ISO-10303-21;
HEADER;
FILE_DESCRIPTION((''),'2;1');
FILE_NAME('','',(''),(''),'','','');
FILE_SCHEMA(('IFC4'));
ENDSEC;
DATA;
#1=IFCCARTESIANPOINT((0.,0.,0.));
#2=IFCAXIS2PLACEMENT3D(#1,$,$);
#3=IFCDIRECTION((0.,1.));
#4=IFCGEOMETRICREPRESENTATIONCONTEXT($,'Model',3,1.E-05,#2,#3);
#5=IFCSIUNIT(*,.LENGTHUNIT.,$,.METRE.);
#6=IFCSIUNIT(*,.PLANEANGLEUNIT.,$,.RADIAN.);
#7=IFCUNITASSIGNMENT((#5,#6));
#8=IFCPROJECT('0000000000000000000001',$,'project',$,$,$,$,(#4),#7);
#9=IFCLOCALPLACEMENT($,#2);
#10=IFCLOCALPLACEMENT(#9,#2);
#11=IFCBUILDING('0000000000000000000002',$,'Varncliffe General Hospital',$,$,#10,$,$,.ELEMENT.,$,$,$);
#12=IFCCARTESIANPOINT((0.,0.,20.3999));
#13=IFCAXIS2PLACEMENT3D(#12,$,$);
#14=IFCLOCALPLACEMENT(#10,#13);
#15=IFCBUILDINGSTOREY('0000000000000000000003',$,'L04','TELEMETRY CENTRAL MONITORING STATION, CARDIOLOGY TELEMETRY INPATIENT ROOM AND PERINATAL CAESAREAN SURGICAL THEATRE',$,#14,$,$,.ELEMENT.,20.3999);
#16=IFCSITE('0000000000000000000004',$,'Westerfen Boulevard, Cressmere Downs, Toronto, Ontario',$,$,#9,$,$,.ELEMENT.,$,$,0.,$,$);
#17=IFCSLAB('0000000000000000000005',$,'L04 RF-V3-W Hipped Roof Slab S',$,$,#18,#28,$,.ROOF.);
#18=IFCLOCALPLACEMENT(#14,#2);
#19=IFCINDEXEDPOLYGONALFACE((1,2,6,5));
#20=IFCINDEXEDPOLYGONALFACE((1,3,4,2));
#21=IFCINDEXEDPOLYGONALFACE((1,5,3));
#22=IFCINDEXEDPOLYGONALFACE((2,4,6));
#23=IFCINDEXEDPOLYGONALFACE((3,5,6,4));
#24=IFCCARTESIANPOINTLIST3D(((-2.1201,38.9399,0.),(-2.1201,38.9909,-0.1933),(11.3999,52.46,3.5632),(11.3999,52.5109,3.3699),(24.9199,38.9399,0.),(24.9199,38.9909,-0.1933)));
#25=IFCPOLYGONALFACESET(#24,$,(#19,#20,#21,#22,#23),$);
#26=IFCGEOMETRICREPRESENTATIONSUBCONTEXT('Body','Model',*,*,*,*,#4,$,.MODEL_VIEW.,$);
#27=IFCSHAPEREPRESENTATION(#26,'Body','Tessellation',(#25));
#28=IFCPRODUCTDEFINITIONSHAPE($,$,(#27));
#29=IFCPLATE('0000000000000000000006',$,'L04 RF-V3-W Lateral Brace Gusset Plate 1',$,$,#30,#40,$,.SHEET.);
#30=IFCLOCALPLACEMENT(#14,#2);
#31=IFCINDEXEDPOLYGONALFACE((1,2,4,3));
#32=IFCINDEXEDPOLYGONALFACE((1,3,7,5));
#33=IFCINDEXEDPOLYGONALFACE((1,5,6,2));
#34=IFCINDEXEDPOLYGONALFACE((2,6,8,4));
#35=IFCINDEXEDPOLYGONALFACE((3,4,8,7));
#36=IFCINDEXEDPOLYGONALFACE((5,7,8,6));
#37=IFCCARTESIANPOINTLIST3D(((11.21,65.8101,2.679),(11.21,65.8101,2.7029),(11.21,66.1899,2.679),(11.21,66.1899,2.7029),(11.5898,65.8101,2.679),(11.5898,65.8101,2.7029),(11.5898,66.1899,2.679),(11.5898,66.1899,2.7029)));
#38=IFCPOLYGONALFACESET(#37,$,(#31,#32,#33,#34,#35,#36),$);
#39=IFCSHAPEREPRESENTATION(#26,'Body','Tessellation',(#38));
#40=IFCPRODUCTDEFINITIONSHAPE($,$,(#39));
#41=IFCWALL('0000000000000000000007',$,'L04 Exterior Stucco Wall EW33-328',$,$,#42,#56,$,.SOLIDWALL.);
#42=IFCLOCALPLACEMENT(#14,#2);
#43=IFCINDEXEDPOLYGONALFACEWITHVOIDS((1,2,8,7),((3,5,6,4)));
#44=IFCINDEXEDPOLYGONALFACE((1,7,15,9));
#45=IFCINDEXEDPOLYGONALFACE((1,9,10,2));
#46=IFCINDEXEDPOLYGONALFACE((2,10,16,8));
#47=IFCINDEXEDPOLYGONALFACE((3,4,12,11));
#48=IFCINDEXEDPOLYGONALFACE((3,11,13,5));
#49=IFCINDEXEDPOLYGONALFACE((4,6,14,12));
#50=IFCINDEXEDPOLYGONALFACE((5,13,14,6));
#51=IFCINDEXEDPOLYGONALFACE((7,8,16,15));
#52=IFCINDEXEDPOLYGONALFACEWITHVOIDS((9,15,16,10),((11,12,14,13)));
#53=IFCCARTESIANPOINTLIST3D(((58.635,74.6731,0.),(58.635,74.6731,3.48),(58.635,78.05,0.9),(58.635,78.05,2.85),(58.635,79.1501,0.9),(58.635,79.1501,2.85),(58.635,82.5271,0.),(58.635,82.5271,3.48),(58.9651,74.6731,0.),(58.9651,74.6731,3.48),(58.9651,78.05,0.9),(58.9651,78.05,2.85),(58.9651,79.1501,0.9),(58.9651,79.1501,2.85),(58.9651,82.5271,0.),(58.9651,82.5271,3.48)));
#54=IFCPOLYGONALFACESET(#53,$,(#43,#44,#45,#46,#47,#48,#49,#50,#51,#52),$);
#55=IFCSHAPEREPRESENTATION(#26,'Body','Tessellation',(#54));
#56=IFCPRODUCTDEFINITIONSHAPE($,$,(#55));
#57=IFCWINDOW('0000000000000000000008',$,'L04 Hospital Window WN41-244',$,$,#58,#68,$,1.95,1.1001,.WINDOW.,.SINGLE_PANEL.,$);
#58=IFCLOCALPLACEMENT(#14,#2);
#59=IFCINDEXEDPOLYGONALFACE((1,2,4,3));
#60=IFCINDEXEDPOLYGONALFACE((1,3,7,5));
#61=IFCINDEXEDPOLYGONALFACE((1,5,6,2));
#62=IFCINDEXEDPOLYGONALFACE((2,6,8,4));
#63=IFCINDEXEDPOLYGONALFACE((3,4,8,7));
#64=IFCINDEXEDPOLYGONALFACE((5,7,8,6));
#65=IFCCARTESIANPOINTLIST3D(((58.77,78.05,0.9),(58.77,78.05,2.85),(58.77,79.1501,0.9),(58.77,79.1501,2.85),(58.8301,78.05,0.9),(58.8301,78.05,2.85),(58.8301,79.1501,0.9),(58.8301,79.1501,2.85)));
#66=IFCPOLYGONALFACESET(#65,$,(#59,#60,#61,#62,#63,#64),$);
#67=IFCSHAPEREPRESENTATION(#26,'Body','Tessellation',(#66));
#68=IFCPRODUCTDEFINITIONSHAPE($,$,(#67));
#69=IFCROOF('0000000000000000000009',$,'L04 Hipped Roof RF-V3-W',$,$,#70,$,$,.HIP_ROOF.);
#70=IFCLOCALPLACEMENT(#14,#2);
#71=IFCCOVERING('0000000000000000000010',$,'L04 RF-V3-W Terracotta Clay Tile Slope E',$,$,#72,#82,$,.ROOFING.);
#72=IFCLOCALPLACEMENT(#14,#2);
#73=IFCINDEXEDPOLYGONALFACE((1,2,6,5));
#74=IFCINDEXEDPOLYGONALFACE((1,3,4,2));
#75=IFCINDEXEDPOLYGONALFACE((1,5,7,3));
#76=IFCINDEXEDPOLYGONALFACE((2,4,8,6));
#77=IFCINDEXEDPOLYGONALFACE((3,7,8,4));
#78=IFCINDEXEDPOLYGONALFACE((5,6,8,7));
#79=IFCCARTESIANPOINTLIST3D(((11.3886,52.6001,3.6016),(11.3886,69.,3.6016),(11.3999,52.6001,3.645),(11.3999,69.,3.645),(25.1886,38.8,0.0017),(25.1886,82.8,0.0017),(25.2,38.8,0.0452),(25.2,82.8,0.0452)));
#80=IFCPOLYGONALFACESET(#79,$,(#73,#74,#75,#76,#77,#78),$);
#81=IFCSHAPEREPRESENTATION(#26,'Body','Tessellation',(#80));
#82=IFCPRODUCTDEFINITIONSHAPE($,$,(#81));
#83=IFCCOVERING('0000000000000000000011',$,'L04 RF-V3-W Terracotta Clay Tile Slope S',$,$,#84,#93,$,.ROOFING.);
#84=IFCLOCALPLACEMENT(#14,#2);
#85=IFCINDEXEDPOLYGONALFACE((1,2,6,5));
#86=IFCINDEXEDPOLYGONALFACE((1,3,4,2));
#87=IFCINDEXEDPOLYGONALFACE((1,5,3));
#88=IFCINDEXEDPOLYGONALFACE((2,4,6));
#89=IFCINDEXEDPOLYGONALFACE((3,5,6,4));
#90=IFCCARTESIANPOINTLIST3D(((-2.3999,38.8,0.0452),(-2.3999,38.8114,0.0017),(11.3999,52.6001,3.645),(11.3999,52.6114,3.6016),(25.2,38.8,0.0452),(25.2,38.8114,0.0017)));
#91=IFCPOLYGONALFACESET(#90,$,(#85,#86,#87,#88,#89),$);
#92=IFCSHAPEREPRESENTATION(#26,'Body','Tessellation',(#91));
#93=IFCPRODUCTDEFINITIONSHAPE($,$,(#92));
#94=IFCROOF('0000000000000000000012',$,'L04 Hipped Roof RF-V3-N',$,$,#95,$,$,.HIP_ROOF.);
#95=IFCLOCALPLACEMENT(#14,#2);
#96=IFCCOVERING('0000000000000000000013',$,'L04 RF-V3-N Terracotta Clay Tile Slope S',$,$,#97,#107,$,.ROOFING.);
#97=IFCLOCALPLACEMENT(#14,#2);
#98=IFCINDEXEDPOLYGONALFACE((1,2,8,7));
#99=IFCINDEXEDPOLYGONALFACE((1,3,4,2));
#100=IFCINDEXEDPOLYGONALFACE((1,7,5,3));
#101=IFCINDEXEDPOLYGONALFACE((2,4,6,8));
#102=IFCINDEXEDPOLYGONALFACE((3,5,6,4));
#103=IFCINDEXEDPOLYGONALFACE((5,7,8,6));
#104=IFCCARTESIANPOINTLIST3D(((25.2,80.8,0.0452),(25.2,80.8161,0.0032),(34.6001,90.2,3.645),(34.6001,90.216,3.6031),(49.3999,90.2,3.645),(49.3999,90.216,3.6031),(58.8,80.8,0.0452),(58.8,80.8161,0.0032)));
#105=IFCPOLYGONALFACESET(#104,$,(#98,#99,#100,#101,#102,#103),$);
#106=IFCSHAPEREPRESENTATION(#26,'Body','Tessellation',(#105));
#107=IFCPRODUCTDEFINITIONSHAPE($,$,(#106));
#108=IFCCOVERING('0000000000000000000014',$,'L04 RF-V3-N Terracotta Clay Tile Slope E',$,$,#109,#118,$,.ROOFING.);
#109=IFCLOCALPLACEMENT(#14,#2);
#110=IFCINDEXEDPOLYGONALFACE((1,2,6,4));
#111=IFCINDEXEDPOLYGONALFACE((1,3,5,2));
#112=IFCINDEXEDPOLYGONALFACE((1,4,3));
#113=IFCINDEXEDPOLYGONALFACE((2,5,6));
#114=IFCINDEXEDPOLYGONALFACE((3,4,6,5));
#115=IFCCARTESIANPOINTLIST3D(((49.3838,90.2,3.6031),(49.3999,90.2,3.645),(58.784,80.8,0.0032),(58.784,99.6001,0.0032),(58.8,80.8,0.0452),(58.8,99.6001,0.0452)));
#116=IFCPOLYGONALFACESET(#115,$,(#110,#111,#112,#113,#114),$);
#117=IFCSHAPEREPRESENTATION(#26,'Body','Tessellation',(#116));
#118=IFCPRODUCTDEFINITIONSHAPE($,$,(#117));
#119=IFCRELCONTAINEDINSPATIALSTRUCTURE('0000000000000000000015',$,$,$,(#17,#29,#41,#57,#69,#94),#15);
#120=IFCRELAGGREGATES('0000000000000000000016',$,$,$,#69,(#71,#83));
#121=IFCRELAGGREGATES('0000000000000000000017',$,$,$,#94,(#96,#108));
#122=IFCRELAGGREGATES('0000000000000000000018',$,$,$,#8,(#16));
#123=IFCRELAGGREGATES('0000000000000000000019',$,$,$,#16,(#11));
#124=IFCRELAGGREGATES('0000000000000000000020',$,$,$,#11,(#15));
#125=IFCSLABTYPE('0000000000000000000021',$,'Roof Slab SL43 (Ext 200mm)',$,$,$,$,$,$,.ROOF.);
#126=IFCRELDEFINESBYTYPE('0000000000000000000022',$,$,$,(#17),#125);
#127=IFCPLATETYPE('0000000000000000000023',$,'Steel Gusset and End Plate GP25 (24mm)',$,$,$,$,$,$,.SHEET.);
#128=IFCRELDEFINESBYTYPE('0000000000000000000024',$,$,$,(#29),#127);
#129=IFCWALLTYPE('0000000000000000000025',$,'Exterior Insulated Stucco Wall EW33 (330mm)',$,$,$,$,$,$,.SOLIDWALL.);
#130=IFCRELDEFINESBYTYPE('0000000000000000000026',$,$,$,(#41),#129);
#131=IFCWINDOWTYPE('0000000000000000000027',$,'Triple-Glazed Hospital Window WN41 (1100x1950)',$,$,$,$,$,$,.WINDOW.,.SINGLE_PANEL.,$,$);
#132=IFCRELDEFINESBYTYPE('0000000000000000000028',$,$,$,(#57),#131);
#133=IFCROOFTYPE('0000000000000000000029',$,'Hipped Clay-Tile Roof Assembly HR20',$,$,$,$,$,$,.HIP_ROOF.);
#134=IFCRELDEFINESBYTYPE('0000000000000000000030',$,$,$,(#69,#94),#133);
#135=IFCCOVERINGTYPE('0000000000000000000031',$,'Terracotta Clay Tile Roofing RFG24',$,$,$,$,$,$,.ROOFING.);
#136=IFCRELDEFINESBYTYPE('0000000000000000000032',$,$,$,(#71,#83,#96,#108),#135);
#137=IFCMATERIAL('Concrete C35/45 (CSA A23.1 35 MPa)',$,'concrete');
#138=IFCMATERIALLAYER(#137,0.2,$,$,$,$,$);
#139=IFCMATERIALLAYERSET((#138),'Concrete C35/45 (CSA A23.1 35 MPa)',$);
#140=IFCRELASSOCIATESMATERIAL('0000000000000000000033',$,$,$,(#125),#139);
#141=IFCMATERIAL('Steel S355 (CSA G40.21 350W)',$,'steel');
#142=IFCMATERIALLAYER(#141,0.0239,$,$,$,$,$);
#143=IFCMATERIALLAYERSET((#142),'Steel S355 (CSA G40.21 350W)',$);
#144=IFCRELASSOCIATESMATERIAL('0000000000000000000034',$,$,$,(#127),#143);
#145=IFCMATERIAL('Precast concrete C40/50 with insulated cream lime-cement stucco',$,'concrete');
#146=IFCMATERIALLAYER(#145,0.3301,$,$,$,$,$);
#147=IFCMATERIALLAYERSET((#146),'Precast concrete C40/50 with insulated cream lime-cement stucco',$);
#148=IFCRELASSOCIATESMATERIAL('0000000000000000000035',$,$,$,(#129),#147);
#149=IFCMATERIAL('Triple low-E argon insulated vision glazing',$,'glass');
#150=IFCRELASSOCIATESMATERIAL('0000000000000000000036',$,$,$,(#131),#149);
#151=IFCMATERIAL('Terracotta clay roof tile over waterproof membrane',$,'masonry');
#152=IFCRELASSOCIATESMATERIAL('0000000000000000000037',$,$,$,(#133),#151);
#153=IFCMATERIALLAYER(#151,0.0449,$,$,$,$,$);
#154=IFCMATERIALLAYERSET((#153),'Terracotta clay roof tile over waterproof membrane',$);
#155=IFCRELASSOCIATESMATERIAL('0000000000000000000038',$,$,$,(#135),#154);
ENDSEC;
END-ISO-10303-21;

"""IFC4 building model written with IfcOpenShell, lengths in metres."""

from ifc_helpers import new_model, si_unit, direction, frame, frame_2d, origin, origin_2d, place, context, subcontext, project, spatial, polyline, rectangle, outline, extrude, material, layer, layer_set, type_object, element, fill, aggregate, save


model = new_model("IFC4")

# Units and contexts
model_context = context("Model", 3, precision=1e-05, world=origin(), true_north=direction((0.0, 1.0)))
body_context = subcontext(model_context, "Body", "Model", "MODEL_VIEW")
ifc_project = project(units=[si_unit("LENGTHUNIT", "METRE"), si_unit("PLANEANGLEUNIT", "RADIAN")], contexts=[model_context])

# Site, building, storey
site_placement = place(None, origin())
site = spatial("IfcSite", under=ifc_project, at=site_placement, Name="Westerfen Boulevard, Cressmere Downs, Toronto, Ontario", CompositionType="ELEMENT", RefElevation=0.0)
building_placement = place(site_placement, origin())
building = spatial("IfcBuilding", under=site, at=building_placement, Name="Varncliffe General Hospital", CompositionType="ELEMENT")
storey_placement = place(building_placement, frame((0.0, 0.0, 20.3999)))
storey = spatial("IfcBuildingStorey", under=building, at=storey_placement, Name="L04", Description="TELEMETRY CENTRAL MONITORING STATION, CARDIOLOGY TELEMETRY INPATIENT ROOM AND PERINATAL CAESAREAN SURGICAL THEATRE", CompositionType="ELEMENT", Elevation=20.3999)

# Shared definitions
ifc_material_1 = material(Name="Steel S355 (CSA G40.21 350W)", Category="steel")

# Shared definitions
ifc_material_2 = material(Name="Concrete C35/45 (CSA A23.1 35 MPa)", Category="concrete")

# Slab
ifc_layer_1 = layer(ifc_material_2, 0.2)
ifc_layer_set_1 = layer_set([ifc_layer_1], Name="Concrete C35/45 (CSA A23.1 35 MPa)")
slab_type_1 = type_object("IfcSlabType", Name="Roof Slab SL43 (Ext 200mm)", PredefinedType="ROOF", material=ifc_layer_set_1)
slab_1_placement = place(storey_placement, frame((-2.1201, 38.9399, 0.0), z_axis=(0.0, -0.25485, 0.966981), x_axis=(1.0, 0.0, 0.0)))
element("IfcSlab", 1, at=slab_1_placement, inside=storey, type_object=slab_type_1, Name="L04 RF-V3-W Hipped Roof Slab S", PredefinedType="ROOF", context=body_context, shape_type="SweptSolid", body=[
    extrude(outline(polyline([(0.0, 0.0), (27.04, 0.0), (13.52, 13.9817), (0.0, 0.0)])), origin(), (0.0, 0.0, -1.0), 0.2),
])

# Plate
ifc_layer_2 = layer(ifc_material_1, 0.0239)
ifc_layer_set_2 = layer_set([ifc_layer_2], Name="Steel S355 (CSA G40.21 350W)")
plate_type = type_object("IfcPlateType", Name="Steel Gusset and End Plate GP25 (24mm)", PredefinedType="SHEET", material=ifc_layer_set_2)
plate_placement = place(storey_placement, frame((11.3999, 66.0, 2.679), z_axis=(0.0, 0.0, 1.0), x_axis=(1.0, 0.0, 0.0)))
element("IfcPlate", 2, at=plate_placement, inside=storey, type_object=plate_type, Name="L04 RF-V3-W Lateral Brace Gusset Plate 1", PredefinedType="SHEET", context=body_context, shape_type="SweptSolid", body=[
    extrude(rectangle(XDim=0.3799, YDim=0.3799, at=origin_2d()), origin(), (0.0, 0.0, 1.0), 0.0239),
])

# Wall, opening, window
ifc_material_3 = material(Name="Precast concrete C40/50 with insulated cream lime-cement stucco", Category="concrete")
ifc_layer_3 = layer(ifc_material_3, 0.3301)
ifc_layer_set_3 = layer_set([ifc_layer_3], Name="Precast concrete C40/50 with insulated cream lime-cement stucco")
wall_type = type_object("IfcWallType", Name="Exterior Insulated Stucco Wall EW33 (330mm)", PredefinedType="SOLIDWALL", material=ifc_layer_set_3)
wall_placement = place(storey_placement, frame((58.8, 74.6731, 0.0), z_axis=(0.0, 0.0, 1.0), x_axis=(0.0, 1.0, 0.0)))
wall = element("IfcWall", 3, at=wall_placement, inside=storey, type_object=wall_type, Name="L04 Exterior Stucco Wall EW33-328", PredefinedType="SOLIDWALL", context=body_context, shape_type="SweptSolid", body=[
    extrude(rectangle(XDim=7.854, YDim=0.3301, at=frame_2d((3.927, 0.0))), origin(), (0.0, 0.0, 1.0), 3.48),
])
opening_placement = place(wall_placement, frame((3.377, 0.0, 0.8999)))
opening = element("IfcOpeningElement", 4, at=opening_placement, cuts=wall, PredefinedType="OPENING", context=body_context, shape_type="SweptSolid", body=[
    extrude(rectangle(XDim=1.1001, YDim=1.95, at=frame_2d((0.55, 0.9751))), frame((0.0, 0.175, 0.0), z_axis=(0.0, -1.0, 0.0), x_axis=(1.0, 0.0, 0.0)), (0.0, 0.0, 1.0), 0.3501),
])
ifc_material_4 = material(Name="Triple low-E argon insulated vision glazing", Category="glass")
window_type = type_object("IfcWindowType", Name="Triple-Glazed Hospital Window WN41 (1100x1950)", PartitioningType="SINGLE_PANEL", PredefinedType="WINDOW", material=ifc_material_4)
window_placement = place(opening_placement, origin())
window = element("IfcWindow", 5, at=window_placement, inside=storey, type_object=window_type, Name="L04 Hospital Window WN41-244", OverallHeight=1.95, OverallWidth=1.1001, PartitioningType="SINGLE_PANEL", PredefinedType="WINDOW", context=body_context, shape_type="SweptSolid", body=[
    extrude(rectangle(XDim=1.1001, YDim=1.95, at=frame_2d((0.55, 0.9751))), frame((0.0, 0.03, 0.0), z_axis=(0.0, -1.0, 0.0), x_axis=(1.0, 0.0, 0.0)), (0.0, 0.0, 1.0), 0.0601),
])
fill(opening, window)

# Roofs, coverings
ifc_material_5 = material(Name="Terracotta clay roof tile over waterproof membrane", Category="masonry")
roof_type = type_object("IfcRoofType", Name="Hipped Clay-Tile Roof Assembly HR20", PredefinedType="HIP_ROOF", material=ifc_material_5)
roof_1_placement = place(storey_placement, origin())
roof_1 = element("IfcRoof", 6, at=roof_1_placement, inside=storey, type_object=roof_type, Name="L04 Hipped Roof RF-V3-W", PredefinedType="HIP_ROOF")
ifc_layer_4 = layer(ifc_material_5, 0.0449)
ifc_layer_set_4 = layer_set([ifc_layer_4], Name="Terracotta clay roof tile over waterproof membrane")
covering_type = type_object("IfcCoveringType", Name="Terracotta Clay Tile Roofing RFG24", PredefinedType="ROOFING", material=ifc_layer_set_4)
covering_1_placement = place(storey_placement, frame((25.2, 38.8, 0.0452), z_axis=(0.252411, 0.0, 0.96762), x_axis=(0.0, 1.0, 0.0)))
covering_1 = element("IfcCovering", 7, at=covering_1_placement, type_object=covering_type, Name="L04 RF-V3-W Terracotta Clay Tile Slope E", PredefinedType="ROOFING", context=body_context, shape_type="SweptSolid", body=[
    extrude(outline(polyline([(0.0, 0.0), (44.0, 0.0), (30.2, 14.2618), (13.8, 14.2618), (0.0, 0.0)])), origin(), (0.0, 0.0, -1.0), 0.0449),
])
covering_2_placement = place(storey_placement, frame((-2.3999, 38.8, 0.0452), z_axis=(0.0, -0.252411, 0.96762), x_axis=(1.0, 0.0, 0.0)))
covering_2 = element("IfcCovering", 8, at=covering_2_placement, type_object=covering_type, Name="L04 RF-V3-W Terracotta Clay Tile Slope S", PredefinedType="ROOFING", context=body_context, shape_type="SweptSolid", body=[
    extrude(outline(polyline([(0.0, 0.0), (27.5999, 0.0), (13.7998, 14.2618), (0.0, 0.0)])), origin(), (0.0, 0.0, -1.0), 0.0449),
])
aggregate(roof_1, [covering_1, covering_2])
roof_2_placement = place(storey_placement, origin())
roof_2 = element("IfcRoof", 9, at=roof_2_placement, inside=storey, type_object=roof_type, Name="L04 Hipped Roof RF-V3-N", PredefinedType="HIP_ROOF")
covering_3_placement = place(storey_placement, frame((25.2, 80.8, 0.0452), z_axis=(0.0, -0.357638, 0.93386), x_axis=(1.0, 0.0, 0.0)))
covering_3 = element("IfcCovering", 10, at=covering_3_placement, type_object=covering_type, Name="L04 RF-V3-N Terracotta Clay Tile Slope S", PredefinedType="ROOFING", context=body_context, shape_type="SweptSolid", body=[
    extrude(outline(polyline([(0.0, 0.0), (33.6001, 0.0), (24.2, 10.0656), (9.4001, 10.0656), (0.0, 0.0)])), origin(), (0.0, 0.0, -1.0), 0.0449),
])
covering_4_placement = place(storey_placement, frame((58.8, 80.8, 0.0452), z_axis=(0.35763, 0.0, 0.933863), x_axis=(0.0, 1.0, 0.0)))
covering_4 = element("IfcCovering", 11, at=covering_4_placement, type_object=covering_type, Name="L04 RF-V3-N Terracotta Clay Tile Slope E", PredefinedType="ROOFING", context=body_context, shape_type="SweptSolid", body=[
    extrude(outline(polyline([(0.0, 0.0), (18.8, 0.0), (9.3999, 10.0659), (0.0, 0.0)])), origin(), (0.0, 0.0, -1.0), 0.0449),
])
aggregate(roof_2, [covering_3, covering_4])

save(model, "model.ifc")
